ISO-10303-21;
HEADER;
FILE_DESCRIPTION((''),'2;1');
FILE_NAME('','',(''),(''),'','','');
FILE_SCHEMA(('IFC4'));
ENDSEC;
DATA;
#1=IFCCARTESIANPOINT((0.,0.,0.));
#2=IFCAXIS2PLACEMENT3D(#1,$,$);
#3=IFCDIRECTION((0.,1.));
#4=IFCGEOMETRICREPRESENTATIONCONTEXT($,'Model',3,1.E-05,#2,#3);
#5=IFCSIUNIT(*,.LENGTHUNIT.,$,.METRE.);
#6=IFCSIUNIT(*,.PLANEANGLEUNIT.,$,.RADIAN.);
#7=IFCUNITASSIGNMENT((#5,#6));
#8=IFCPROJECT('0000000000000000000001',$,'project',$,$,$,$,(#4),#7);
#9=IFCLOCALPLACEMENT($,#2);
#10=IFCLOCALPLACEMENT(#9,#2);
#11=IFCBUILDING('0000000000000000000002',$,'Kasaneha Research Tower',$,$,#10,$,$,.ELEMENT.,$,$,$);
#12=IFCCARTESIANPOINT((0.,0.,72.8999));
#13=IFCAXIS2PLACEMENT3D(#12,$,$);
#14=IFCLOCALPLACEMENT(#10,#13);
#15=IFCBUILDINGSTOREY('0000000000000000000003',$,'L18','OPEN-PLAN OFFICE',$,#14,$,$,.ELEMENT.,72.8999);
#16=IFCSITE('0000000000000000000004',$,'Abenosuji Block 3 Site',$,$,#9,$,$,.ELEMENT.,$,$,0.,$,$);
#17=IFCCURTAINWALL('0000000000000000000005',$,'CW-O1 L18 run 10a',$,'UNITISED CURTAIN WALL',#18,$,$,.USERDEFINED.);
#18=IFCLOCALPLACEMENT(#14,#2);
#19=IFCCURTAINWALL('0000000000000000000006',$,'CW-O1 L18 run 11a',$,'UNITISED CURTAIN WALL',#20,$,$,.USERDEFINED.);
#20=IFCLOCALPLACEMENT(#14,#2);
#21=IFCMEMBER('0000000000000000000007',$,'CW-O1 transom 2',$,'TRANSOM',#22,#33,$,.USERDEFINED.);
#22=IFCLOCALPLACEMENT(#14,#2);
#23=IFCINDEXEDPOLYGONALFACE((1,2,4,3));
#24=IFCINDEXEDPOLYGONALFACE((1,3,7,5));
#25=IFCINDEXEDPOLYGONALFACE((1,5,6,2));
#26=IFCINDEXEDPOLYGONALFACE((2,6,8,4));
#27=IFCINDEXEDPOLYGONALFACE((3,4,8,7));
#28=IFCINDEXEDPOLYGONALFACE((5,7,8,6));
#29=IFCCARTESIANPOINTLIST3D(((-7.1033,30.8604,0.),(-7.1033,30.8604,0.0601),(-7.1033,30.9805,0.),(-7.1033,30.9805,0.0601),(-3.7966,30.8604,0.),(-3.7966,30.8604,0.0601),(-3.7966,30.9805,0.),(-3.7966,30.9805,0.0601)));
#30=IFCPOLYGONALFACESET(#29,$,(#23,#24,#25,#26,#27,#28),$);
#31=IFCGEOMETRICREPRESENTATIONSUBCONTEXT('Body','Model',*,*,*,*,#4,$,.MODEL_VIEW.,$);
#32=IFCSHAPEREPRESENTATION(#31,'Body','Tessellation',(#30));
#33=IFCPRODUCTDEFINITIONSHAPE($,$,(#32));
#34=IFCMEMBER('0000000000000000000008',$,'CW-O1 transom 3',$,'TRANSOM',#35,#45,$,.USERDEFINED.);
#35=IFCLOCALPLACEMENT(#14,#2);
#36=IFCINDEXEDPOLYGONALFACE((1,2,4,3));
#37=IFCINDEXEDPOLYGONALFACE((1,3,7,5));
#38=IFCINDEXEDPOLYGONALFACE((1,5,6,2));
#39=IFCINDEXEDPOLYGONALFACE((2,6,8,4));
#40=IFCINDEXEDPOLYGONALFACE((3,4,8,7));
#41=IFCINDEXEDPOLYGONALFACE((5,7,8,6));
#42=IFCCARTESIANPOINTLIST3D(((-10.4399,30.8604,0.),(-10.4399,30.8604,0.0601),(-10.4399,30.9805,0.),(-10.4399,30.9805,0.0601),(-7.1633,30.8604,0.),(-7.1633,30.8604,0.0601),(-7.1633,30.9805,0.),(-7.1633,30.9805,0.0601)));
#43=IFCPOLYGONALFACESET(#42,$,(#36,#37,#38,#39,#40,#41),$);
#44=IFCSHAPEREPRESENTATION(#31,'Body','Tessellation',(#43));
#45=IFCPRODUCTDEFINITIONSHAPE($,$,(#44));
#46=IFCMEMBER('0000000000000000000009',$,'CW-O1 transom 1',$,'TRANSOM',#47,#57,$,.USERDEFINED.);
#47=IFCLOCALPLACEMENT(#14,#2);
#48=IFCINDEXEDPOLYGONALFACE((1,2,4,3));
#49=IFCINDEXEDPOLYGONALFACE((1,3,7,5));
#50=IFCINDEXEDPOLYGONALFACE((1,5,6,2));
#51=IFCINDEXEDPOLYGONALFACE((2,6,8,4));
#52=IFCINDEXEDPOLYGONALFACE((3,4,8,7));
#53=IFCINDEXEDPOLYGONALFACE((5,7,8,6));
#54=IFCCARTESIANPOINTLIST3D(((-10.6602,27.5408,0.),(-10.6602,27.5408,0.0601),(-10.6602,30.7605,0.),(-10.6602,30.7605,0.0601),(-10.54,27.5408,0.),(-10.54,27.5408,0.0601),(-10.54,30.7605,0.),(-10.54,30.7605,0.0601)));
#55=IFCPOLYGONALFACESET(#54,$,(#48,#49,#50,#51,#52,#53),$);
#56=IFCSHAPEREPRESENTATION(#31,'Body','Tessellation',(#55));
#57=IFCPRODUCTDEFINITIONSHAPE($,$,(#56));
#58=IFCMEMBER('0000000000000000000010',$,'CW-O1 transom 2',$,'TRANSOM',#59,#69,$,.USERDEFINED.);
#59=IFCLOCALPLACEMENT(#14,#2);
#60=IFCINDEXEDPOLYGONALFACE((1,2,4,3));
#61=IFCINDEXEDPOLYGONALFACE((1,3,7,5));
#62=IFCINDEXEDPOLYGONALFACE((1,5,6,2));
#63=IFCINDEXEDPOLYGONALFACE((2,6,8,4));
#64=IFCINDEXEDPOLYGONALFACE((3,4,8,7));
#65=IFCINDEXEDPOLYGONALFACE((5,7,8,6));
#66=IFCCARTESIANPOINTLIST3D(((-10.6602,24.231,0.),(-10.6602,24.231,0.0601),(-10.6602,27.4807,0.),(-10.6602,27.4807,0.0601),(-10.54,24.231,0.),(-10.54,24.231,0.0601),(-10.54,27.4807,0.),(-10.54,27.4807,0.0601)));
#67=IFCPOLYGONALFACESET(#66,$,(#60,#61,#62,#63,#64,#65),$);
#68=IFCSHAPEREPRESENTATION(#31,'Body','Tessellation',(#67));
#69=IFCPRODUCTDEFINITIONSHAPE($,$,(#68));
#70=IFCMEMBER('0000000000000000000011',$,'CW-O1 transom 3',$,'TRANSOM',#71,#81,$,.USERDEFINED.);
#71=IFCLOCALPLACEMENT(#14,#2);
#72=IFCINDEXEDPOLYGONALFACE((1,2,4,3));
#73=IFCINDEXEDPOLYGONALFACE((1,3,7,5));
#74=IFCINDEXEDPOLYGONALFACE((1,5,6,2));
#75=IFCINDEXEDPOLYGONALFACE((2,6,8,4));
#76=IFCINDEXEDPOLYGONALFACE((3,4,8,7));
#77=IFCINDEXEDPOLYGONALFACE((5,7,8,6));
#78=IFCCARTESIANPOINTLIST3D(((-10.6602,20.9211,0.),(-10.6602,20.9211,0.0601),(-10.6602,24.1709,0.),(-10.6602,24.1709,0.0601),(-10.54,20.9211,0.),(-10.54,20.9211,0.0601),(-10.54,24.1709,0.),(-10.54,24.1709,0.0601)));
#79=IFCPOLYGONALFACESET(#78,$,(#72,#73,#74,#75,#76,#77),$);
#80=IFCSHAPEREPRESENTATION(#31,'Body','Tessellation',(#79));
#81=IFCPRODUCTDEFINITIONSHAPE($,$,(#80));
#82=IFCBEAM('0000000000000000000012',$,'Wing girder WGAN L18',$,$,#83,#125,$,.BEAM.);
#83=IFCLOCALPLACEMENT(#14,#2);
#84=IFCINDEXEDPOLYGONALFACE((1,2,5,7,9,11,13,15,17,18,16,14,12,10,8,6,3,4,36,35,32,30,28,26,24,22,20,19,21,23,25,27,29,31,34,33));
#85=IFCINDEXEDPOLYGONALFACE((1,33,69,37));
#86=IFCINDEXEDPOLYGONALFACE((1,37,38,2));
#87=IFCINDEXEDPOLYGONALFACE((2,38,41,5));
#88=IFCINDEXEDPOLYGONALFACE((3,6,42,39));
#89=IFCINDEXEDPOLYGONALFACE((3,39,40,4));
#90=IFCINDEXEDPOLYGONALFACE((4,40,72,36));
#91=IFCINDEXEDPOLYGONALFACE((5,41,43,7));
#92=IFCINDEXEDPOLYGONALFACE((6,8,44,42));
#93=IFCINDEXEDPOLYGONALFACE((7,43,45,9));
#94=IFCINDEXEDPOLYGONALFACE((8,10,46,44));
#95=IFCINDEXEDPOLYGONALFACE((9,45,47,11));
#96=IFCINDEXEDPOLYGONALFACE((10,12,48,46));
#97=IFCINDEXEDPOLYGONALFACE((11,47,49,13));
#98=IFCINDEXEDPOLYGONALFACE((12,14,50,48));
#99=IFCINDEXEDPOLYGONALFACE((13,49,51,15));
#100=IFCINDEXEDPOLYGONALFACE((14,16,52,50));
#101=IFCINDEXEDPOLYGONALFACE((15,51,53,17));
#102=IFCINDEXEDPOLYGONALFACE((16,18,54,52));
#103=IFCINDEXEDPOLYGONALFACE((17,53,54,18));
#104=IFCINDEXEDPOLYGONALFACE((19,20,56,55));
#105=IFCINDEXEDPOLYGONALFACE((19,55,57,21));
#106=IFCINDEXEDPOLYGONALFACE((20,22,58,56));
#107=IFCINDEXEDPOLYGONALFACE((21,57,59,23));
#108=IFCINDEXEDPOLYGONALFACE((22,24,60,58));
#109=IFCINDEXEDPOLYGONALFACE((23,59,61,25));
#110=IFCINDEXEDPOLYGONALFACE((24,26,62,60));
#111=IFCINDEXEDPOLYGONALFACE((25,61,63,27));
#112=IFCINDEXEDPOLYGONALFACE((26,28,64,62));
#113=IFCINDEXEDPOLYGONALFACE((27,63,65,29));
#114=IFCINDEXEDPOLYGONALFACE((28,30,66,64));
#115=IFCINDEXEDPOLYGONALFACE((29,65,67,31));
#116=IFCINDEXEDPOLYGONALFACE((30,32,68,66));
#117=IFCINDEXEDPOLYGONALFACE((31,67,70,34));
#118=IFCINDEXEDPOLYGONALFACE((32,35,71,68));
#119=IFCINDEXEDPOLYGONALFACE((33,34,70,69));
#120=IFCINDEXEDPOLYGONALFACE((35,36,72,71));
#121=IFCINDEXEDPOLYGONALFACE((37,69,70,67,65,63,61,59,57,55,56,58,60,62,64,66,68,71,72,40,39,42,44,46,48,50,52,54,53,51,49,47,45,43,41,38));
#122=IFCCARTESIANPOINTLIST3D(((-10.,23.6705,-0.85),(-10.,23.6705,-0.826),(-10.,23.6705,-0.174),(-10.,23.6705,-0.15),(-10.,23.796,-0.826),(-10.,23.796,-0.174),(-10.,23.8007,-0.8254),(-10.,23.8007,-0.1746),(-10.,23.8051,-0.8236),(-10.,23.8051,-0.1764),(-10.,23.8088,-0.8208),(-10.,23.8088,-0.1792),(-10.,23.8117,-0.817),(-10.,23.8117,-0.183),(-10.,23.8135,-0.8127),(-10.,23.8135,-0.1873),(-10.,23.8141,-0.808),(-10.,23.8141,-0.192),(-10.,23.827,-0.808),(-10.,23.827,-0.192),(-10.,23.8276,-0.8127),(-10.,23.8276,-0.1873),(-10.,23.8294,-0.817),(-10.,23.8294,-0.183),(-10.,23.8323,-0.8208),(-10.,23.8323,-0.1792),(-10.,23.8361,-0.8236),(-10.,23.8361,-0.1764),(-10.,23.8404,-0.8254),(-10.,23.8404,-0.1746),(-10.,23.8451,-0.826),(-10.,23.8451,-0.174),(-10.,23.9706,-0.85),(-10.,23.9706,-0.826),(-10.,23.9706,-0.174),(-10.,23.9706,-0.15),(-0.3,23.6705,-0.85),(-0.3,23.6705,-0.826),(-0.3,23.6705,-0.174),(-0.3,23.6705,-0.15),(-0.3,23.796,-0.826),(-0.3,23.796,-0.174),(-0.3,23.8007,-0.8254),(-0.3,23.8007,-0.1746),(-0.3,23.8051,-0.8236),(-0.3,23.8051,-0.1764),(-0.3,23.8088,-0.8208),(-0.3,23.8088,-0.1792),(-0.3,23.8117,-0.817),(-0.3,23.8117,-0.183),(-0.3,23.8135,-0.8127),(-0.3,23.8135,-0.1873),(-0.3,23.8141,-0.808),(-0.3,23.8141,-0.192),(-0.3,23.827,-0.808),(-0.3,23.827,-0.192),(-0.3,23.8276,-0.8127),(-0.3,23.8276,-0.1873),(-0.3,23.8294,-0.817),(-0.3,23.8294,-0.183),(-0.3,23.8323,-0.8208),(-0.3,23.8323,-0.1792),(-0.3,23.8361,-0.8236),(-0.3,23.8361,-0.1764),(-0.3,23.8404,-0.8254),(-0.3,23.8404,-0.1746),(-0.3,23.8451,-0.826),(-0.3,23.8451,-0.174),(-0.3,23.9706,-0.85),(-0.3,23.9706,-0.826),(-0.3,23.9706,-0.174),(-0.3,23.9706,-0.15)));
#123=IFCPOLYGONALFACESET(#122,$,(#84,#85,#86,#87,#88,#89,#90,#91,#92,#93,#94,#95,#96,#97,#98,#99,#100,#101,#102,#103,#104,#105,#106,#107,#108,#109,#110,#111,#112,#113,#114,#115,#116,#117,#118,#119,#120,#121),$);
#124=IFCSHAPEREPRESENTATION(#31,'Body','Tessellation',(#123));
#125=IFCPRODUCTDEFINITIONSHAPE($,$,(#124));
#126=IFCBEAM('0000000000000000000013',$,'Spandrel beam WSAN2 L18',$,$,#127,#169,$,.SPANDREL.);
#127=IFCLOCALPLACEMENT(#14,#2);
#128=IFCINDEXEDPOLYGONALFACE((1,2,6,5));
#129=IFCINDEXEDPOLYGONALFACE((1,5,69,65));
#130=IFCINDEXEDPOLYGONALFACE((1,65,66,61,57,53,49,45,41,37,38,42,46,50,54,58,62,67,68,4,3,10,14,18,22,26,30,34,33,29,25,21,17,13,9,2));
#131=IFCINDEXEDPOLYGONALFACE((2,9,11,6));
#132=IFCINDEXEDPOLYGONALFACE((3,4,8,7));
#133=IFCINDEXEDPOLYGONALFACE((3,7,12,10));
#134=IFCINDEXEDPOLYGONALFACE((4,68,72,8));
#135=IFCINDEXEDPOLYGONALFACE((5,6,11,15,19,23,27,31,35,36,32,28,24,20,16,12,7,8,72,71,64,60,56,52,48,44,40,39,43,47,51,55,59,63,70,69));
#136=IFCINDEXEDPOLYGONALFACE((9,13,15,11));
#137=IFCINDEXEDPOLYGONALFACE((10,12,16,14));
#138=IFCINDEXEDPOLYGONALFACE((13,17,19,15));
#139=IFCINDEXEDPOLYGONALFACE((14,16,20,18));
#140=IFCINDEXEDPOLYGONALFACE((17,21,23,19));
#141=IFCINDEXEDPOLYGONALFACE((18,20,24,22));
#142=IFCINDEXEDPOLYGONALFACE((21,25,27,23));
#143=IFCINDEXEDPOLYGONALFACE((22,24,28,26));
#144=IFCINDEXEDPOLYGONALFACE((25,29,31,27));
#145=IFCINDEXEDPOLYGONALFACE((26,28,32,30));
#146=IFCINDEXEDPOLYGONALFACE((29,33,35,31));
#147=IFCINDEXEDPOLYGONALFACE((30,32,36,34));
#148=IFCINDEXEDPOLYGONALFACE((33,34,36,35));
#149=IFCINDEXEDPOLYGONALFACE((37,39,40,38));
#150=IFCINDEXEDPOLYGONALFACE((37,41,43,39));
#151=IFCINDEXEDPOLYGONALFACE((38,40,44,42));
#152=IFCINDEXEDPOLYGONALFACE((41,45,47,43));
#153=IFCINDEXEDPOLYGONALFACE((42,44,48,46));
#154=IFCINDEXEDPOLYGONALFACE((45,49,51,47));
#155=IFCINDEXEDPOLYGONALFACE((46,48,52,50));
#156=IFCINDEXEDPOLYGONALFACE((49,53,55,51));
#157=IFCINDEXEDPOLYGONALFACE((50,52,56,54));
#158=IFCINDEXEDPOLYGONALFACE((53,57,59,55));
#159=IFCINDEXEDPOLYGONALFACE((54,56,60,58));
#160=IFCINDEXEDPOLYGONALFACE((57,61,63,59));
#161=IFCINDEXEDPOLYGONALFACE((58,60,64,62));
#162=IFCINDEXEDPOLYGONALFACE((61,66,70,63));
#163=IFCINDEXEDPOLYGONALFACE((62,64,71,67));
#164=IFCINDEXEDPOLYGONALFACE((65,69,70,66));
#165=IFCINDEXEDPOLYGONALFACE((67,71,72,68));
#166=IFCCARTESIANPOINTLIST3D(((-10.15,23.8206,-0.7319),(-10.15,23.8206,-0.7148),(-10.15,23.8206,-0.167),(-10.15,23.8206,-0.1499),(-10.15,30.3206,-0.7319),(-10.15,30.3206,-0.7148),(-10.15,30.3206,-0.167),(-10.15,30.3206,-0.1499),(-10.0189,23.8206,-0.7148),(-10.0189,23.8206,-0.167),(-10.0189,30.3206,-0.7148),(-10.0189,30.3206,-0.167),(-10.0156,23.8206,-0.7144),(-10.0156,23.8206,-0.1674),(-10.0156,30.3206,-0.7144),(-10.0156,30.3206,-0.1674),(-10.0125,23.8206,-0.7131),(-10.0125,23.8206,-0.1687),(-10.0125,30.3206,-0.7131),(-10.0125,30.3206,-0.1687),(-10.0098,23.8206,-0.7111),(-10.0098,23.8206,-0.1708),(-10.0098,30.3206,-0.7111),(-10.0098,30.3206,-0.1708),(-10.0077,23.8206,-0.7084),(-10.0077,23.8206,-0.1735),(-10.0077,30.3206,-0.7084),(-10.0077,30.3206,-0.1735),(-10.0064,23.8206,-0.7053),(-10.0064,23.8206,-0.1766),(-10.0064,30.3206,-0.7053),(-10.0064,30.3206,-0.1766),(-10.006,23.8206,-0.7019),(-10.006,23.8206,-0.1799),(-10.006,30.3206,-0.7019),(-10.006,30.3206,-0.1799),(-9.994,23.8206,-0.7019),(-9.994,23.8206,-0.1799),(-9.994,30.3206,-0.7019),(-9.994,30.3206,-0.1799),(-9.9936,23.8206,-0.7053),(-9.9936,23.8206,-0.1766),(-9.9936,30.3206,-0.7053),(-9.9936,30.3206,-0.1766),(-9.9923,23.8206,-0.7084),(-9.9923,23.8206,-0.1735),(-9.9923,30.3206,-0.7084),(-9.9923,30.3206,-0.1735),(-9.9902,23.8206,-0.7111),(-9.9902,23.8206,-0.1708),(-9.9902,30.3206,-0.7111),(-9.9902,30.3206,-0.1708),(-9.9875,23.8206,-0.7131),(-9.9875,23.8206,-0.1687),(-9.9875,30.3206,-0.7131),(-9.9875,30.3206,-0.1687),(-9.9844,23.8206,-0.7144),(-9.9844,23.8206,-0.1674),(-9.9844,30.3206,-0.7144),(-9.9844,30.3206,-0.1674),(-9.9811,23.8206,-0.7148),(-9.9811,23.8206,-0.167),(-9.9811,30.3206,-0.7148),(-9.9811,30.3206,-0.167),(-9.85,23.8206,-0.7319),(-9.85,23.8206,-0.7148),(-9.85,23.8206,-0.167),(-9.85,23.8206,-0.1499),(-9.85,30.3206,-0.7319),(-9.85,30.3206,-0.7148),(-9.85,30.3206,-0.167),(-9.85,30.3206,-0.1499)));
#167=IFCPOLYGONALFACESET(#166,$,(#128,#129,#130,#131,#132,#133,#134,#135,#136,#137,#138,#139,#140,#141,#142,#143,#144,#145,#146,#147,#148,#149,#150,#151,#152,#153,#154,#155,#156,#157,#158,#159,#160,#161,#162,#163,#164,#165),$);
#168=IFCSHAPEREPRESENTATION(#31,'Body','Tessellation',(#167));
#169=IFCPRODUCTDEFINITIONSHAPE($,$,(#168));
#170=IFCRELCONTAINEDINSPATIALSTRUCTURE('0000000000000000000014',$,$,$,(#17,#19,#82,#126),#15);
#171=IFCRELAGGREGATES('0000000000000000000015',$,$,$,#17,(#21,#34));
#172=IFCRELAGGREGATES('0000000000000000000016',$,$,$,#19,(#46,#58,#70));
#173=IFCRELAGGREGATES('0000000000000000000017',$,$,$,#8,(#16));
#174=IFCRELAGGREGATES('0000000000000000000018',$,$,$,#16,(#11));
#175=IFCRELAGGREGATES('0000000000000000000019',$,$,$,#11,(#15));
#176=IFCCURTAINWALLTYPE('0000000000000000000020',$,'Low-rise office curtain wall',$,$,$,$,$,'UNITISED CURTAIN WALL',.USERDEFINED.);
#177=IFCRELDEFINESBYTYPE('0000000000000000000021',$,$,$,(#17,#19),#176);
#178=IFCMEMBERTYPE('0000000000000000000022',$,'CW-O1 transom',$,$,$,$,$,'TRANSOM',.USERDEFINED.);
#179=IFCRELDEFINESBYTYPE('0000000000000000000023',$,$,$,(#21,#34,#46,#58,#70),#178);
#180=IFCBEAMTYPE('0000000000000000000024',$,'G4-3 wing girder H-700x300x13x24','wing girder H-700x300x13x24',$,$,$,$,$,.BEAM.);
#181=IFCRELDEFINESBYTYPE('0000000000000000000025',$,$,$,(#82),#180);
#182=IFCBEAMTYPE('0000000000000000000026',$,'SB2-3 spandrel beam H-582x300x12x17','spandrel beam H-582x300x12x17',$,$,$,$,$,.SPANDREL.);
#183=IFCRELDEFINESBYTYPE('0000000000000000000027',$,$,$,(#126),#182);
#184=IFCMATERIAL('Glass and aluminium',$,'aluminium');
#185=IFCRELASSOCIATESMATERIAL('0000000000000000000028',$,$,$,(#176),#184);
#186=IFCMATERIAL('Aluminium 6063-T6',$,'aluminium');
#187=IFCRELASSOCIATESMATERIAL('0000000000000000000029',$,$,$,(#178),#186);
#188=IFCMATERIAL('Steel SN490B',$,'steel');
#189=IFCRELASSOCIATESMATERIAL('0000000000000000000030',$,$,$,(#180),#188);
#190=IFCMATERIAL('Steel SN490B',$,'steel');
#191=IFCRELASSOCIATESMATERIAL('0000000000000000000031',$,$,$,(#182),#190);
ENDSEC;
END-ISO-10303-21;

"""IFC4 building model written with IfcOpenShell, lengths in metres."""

from ifc_helpers import new_model, si_unit, direction, frame, origin, origin_2d, place, context, subcontext, project, spatial, rectangle, i_section, extrude, material, material_profile, profile_set, type_object, element, aggregate, save


model = new_model("IFC4")

# Units and contexts
model_context = context("Model", 3, precision=1e-05, world=origin(), true_north=direction((0.0, 1.0)))
body_context = subcontext(model_context, "Body", "Model", "MODEL_VIEW")
ifc_project = project(units=[si_unit("LENGTHUNIT", "METRE"), si_unit("PLANEANGLEUNIT", "RADIAN")], contexts=[model_context])

# Site, building, storey
site_placement = place(None, origin())
site = spatial("IfcSite", under=ifc_project, at=site_placement, Name="Abenosuji Block 3 Site", CompositionType="ELEMENT", RefElevation=0.0)
building_placement = place(site_placement, origin())
building = spatial("IfcBuilding", under=site, at=building_placement, Name="Kasaneha Research Tower", CompositionType="ELEMENT")
storey_placement = place(building_placement, frame((0.0, 0.0, 72.8999)))
storey = spatial("IfcBuildingStorey", under=building, at=storey_placement, Name="L18", Description="OPEN-PLAN OFFICE", CompositionType="ELEMENT", Elevation=72.8999)

# Curtain walls
ifc_material_1 = material(Name="Glass and aluminium", Category="aluminium")
curtain_wall_type = type_object("IfcCurtainWallType", Name="Low-rise office curtain wall", ElementType="UNITISED CURTAIN WALL", PredefinedType="USERDEFINED", material=ifc_material_1)
curtain_wall_1_placement = place(storey_placement, origin())
curtain_wall_1 = element("IfcCurtainWall", 1, at=curtain_wall_1_placement, inside=storey, type_object=curtain_wall_type, Name="CW-O1 L18 run 10a", ObjectType="UNITISED CURTAIN WALL", PredefinedType="USERDEFINED")
curtain_wall_2_placement = place(storey_placement, origin())
curtain_wall_2 = element("IfcCurtainWall", 2, at=curtain_wall_2_placement, inside=storey, type_object=curtain_wall_type, Name="CW-O1 L18 run 11a", ObjectType="UNITISED CURTAIN WALL", PredefinedType="USERDEFINED")

# Members
ifc_material_2 = material(Name="Aluminium 6063-T6", Category="aluminium")
ifc_material_profile_1 = material_profile(ifc_material_2, rectangle(XDim=0.1201, YDim=0.0601, at=origin_2d()), Name="CW-O1 transom 120x60")
ifc_profile_set_1 = profile_set([ifc_material_profile_1], Name="Aluminium 6063-T6")
member_type_1 = type_object("IfcMemberType", Name="CW-O1 transom", ElementType="TRANSOM", PredefinedType="USERDEFINED", material=ifc_profile_set_1)
member_1_placement = place(storey_placement, frame((-3.7966, 30.9204, 0.03), z_axis=(-1.0, 0.0, 0.0), x_axis=(0.0, -1.0, 0.0)))
member_1 = element("IfcMember", 3, at=member_1_placement, type_object=member_type_1, Name="CW-O1 transom 2", ObjectType="TRANSOM", PredefinedType="USERDEFINED", context=body_context, shape_type="SweptSolid", body=[
    extrude(rectangle(XDim=0.1201, YDim=0.0601, at=origin_2d()), origin(), (0.0, 0.0, 1.0), 3.3066),
])
member_2_placement = place(storey_placement, frame((-7.1633, 30.9204, 0.03), z_axis=(-1.0, 0.0, 0.0), x_axis=(0.0, -1.0, 0.0)))
member_2 = element("IfcMember", 4, at=member_2_placement, type_object=member_type_1, Name="CW-O1 transom 3", ObjectType="TRANSOM", PredefinedType="USERDEFINED", context=body_context, shape_type="SweptSolid", body=[
    extrude(rectangle(XDim=0.1201, YDim=0.0601, at=origin_2d()), origin(), (0.0, 0.0, 1.0), 3.2766),
])
member_3_placement = place(storey_placement, frame((-10.6001, 30.7605, 0.03), z_axis=(0.0, -1.0, 0.0), x_axis=(1.0, 0.0, 0.0)))
member_3 = element("IfcMember", 5, at=member_3_placement, type_object=member_type_1, Name="CW-O1 transom 1", ObjectType="TRANSOM", PredefinedType="USERDEFINED", context=body_context, shape_type="SweptSolid", body=[
    extrude(rectangle(XDim=0.1201, YDim=0.0601, at=origin_2d()), origin(), (0.0, 0.0, 1.0), 3.2197),
])
member_4_placement = place(storey_placement, frame((-10.6001, 27.4807, 0.03), z_axis=(0.0, -1.0, 0.0), x_axis=(1.0, 0.0, 0.0)))
member_4 = element("IfcMember", 6, at=member_4_placement, type_object=member_type_1, Name="CW-O1 transom 2", ObjectType="TRANSOM", PredefinedType="USERDEFINED", context=body_context, shape_type="SweptSolid", body=[
    extrude(rectangle(XDim=0.1201, YDim=0.0601, at=origin_2d()), origin(), (0.0, 0.0, 1.0), 3.2498),
])
member_5_placement = place(storey_placement, frame((-10.6001, 24.1709, 0.03), z_axis=(0.0, -1.0, 0.0), x_axis=(1.0, 0.0, 0.0)))
member_5 = element("IfcMember", 7, at=member_5_placement, type_object=member_type_1, Name="CW-O1 transom 3", ObjectType="TRANSOM", PredefinedType="USERDEFINED", context=body_context, shape_type="SweptSolid", body=[
    extrude(rectangle(XDim=0.1201, YDim=0.0601, at=origin_2d()), origin(), (0.0, 0.0, 1.0), 3.2498),
])

# Beams
ifc_material_3 = material(Name="Steel SN490B", Category="steel")
ifc_material_profile_2 = material_profile(ifc_material_3, i_section(OverallWidth=0.3, OverallDepth=0.7, WebThickness=0.0129, FlangeThickness=0.0239, FilletRadius=0.0181, at=origin_2d()), Name="H-700x300x13x24")
ifc_profile_set_2 = profile_set([ifc_material_profile_2], Name="Steel SN490B")
beam_type_1 = type_object("IfcBeamType", Name="G4-3 wing girder H-700x300x13x24", Description="wing girder H-700x300x13x24", PredefinedType="BEAM", material=ifc_profile_set_2)
beam_1_placement = place(storey_placement, frame((-10.0, 23.8206, -0.5), z_axis=(1.0, 0.0, 0.0), x_axis=(0.0, 1.0, 0.0)))
element("IfcBeam", 8, at=beam_1_placement, inside=storey, type_object=beam_type_1, Name="Wing girder WGAN L18", PredefinedType="BEAM", context=body_context, shape_type="SweptSolid", body=[
    extrude(i_section(OverallWidth=0.3, OverallDepth=0.7, WebThickness=0.0129, FlangeThickness=0.0239, FilletRadius=0.0181, at=origin_2d()), origin(), (0.0, 0.0, 1.0), 9.7),
])
ifc_material_4 = material(Name="Steel SN490B", Category="steel")
ifc_material_profile_3 = material_profile(ifc_material_4, i_section(OverallWidth=0.3, OverallDepth=0.582, WebThickness=0.012, FlangeThickness=0.0171, FilletRadius=0.0129, at=origin_2d()), Name="H-582x300x12x17")
ifc_profile_set_3 = profile_set([ifc_material_profile_3], Name="Steel SN490B")
beam_type_2 = type_object("IfcBeamType", Name="SB2-3 spandrel beam H-582x300x12x17", Description="spandrel beam H-582x300x12x17", PredefinedType="SPANDREL", material=ifc_profile_set_3)
beam_2_placement = place(storey_placement, frame((-10.0, 23.8206, -0.4409), z_axis=(0.0, 1.0, 0.0), x_axis=(-1.0, 0.0, 0.0)))
element("IfcBeam", 9, at=beam_2_placement, inside=storey, type_object=beam_type_2, Name="Spandrel beam WSAN2 L18", PredefinedType="SPANDREL", context=body_context, shape_type="SweptSolid", body=[
    extrude(i_section(OverallWidth=0.3, OverallDepth=0.582, WebThickness=0.012, FlangeThickness=0.0171, FilletRadius=0.0129, at=origin_2d()), origin(), (0.0, 0.0, 1.0), 6.5),
])

aggregate(curtain_wall_1, [member_1, member_2])
aggregate(curtain_wall_2, [member_3, member_4, member_5])

save(model, "model.ifc")
